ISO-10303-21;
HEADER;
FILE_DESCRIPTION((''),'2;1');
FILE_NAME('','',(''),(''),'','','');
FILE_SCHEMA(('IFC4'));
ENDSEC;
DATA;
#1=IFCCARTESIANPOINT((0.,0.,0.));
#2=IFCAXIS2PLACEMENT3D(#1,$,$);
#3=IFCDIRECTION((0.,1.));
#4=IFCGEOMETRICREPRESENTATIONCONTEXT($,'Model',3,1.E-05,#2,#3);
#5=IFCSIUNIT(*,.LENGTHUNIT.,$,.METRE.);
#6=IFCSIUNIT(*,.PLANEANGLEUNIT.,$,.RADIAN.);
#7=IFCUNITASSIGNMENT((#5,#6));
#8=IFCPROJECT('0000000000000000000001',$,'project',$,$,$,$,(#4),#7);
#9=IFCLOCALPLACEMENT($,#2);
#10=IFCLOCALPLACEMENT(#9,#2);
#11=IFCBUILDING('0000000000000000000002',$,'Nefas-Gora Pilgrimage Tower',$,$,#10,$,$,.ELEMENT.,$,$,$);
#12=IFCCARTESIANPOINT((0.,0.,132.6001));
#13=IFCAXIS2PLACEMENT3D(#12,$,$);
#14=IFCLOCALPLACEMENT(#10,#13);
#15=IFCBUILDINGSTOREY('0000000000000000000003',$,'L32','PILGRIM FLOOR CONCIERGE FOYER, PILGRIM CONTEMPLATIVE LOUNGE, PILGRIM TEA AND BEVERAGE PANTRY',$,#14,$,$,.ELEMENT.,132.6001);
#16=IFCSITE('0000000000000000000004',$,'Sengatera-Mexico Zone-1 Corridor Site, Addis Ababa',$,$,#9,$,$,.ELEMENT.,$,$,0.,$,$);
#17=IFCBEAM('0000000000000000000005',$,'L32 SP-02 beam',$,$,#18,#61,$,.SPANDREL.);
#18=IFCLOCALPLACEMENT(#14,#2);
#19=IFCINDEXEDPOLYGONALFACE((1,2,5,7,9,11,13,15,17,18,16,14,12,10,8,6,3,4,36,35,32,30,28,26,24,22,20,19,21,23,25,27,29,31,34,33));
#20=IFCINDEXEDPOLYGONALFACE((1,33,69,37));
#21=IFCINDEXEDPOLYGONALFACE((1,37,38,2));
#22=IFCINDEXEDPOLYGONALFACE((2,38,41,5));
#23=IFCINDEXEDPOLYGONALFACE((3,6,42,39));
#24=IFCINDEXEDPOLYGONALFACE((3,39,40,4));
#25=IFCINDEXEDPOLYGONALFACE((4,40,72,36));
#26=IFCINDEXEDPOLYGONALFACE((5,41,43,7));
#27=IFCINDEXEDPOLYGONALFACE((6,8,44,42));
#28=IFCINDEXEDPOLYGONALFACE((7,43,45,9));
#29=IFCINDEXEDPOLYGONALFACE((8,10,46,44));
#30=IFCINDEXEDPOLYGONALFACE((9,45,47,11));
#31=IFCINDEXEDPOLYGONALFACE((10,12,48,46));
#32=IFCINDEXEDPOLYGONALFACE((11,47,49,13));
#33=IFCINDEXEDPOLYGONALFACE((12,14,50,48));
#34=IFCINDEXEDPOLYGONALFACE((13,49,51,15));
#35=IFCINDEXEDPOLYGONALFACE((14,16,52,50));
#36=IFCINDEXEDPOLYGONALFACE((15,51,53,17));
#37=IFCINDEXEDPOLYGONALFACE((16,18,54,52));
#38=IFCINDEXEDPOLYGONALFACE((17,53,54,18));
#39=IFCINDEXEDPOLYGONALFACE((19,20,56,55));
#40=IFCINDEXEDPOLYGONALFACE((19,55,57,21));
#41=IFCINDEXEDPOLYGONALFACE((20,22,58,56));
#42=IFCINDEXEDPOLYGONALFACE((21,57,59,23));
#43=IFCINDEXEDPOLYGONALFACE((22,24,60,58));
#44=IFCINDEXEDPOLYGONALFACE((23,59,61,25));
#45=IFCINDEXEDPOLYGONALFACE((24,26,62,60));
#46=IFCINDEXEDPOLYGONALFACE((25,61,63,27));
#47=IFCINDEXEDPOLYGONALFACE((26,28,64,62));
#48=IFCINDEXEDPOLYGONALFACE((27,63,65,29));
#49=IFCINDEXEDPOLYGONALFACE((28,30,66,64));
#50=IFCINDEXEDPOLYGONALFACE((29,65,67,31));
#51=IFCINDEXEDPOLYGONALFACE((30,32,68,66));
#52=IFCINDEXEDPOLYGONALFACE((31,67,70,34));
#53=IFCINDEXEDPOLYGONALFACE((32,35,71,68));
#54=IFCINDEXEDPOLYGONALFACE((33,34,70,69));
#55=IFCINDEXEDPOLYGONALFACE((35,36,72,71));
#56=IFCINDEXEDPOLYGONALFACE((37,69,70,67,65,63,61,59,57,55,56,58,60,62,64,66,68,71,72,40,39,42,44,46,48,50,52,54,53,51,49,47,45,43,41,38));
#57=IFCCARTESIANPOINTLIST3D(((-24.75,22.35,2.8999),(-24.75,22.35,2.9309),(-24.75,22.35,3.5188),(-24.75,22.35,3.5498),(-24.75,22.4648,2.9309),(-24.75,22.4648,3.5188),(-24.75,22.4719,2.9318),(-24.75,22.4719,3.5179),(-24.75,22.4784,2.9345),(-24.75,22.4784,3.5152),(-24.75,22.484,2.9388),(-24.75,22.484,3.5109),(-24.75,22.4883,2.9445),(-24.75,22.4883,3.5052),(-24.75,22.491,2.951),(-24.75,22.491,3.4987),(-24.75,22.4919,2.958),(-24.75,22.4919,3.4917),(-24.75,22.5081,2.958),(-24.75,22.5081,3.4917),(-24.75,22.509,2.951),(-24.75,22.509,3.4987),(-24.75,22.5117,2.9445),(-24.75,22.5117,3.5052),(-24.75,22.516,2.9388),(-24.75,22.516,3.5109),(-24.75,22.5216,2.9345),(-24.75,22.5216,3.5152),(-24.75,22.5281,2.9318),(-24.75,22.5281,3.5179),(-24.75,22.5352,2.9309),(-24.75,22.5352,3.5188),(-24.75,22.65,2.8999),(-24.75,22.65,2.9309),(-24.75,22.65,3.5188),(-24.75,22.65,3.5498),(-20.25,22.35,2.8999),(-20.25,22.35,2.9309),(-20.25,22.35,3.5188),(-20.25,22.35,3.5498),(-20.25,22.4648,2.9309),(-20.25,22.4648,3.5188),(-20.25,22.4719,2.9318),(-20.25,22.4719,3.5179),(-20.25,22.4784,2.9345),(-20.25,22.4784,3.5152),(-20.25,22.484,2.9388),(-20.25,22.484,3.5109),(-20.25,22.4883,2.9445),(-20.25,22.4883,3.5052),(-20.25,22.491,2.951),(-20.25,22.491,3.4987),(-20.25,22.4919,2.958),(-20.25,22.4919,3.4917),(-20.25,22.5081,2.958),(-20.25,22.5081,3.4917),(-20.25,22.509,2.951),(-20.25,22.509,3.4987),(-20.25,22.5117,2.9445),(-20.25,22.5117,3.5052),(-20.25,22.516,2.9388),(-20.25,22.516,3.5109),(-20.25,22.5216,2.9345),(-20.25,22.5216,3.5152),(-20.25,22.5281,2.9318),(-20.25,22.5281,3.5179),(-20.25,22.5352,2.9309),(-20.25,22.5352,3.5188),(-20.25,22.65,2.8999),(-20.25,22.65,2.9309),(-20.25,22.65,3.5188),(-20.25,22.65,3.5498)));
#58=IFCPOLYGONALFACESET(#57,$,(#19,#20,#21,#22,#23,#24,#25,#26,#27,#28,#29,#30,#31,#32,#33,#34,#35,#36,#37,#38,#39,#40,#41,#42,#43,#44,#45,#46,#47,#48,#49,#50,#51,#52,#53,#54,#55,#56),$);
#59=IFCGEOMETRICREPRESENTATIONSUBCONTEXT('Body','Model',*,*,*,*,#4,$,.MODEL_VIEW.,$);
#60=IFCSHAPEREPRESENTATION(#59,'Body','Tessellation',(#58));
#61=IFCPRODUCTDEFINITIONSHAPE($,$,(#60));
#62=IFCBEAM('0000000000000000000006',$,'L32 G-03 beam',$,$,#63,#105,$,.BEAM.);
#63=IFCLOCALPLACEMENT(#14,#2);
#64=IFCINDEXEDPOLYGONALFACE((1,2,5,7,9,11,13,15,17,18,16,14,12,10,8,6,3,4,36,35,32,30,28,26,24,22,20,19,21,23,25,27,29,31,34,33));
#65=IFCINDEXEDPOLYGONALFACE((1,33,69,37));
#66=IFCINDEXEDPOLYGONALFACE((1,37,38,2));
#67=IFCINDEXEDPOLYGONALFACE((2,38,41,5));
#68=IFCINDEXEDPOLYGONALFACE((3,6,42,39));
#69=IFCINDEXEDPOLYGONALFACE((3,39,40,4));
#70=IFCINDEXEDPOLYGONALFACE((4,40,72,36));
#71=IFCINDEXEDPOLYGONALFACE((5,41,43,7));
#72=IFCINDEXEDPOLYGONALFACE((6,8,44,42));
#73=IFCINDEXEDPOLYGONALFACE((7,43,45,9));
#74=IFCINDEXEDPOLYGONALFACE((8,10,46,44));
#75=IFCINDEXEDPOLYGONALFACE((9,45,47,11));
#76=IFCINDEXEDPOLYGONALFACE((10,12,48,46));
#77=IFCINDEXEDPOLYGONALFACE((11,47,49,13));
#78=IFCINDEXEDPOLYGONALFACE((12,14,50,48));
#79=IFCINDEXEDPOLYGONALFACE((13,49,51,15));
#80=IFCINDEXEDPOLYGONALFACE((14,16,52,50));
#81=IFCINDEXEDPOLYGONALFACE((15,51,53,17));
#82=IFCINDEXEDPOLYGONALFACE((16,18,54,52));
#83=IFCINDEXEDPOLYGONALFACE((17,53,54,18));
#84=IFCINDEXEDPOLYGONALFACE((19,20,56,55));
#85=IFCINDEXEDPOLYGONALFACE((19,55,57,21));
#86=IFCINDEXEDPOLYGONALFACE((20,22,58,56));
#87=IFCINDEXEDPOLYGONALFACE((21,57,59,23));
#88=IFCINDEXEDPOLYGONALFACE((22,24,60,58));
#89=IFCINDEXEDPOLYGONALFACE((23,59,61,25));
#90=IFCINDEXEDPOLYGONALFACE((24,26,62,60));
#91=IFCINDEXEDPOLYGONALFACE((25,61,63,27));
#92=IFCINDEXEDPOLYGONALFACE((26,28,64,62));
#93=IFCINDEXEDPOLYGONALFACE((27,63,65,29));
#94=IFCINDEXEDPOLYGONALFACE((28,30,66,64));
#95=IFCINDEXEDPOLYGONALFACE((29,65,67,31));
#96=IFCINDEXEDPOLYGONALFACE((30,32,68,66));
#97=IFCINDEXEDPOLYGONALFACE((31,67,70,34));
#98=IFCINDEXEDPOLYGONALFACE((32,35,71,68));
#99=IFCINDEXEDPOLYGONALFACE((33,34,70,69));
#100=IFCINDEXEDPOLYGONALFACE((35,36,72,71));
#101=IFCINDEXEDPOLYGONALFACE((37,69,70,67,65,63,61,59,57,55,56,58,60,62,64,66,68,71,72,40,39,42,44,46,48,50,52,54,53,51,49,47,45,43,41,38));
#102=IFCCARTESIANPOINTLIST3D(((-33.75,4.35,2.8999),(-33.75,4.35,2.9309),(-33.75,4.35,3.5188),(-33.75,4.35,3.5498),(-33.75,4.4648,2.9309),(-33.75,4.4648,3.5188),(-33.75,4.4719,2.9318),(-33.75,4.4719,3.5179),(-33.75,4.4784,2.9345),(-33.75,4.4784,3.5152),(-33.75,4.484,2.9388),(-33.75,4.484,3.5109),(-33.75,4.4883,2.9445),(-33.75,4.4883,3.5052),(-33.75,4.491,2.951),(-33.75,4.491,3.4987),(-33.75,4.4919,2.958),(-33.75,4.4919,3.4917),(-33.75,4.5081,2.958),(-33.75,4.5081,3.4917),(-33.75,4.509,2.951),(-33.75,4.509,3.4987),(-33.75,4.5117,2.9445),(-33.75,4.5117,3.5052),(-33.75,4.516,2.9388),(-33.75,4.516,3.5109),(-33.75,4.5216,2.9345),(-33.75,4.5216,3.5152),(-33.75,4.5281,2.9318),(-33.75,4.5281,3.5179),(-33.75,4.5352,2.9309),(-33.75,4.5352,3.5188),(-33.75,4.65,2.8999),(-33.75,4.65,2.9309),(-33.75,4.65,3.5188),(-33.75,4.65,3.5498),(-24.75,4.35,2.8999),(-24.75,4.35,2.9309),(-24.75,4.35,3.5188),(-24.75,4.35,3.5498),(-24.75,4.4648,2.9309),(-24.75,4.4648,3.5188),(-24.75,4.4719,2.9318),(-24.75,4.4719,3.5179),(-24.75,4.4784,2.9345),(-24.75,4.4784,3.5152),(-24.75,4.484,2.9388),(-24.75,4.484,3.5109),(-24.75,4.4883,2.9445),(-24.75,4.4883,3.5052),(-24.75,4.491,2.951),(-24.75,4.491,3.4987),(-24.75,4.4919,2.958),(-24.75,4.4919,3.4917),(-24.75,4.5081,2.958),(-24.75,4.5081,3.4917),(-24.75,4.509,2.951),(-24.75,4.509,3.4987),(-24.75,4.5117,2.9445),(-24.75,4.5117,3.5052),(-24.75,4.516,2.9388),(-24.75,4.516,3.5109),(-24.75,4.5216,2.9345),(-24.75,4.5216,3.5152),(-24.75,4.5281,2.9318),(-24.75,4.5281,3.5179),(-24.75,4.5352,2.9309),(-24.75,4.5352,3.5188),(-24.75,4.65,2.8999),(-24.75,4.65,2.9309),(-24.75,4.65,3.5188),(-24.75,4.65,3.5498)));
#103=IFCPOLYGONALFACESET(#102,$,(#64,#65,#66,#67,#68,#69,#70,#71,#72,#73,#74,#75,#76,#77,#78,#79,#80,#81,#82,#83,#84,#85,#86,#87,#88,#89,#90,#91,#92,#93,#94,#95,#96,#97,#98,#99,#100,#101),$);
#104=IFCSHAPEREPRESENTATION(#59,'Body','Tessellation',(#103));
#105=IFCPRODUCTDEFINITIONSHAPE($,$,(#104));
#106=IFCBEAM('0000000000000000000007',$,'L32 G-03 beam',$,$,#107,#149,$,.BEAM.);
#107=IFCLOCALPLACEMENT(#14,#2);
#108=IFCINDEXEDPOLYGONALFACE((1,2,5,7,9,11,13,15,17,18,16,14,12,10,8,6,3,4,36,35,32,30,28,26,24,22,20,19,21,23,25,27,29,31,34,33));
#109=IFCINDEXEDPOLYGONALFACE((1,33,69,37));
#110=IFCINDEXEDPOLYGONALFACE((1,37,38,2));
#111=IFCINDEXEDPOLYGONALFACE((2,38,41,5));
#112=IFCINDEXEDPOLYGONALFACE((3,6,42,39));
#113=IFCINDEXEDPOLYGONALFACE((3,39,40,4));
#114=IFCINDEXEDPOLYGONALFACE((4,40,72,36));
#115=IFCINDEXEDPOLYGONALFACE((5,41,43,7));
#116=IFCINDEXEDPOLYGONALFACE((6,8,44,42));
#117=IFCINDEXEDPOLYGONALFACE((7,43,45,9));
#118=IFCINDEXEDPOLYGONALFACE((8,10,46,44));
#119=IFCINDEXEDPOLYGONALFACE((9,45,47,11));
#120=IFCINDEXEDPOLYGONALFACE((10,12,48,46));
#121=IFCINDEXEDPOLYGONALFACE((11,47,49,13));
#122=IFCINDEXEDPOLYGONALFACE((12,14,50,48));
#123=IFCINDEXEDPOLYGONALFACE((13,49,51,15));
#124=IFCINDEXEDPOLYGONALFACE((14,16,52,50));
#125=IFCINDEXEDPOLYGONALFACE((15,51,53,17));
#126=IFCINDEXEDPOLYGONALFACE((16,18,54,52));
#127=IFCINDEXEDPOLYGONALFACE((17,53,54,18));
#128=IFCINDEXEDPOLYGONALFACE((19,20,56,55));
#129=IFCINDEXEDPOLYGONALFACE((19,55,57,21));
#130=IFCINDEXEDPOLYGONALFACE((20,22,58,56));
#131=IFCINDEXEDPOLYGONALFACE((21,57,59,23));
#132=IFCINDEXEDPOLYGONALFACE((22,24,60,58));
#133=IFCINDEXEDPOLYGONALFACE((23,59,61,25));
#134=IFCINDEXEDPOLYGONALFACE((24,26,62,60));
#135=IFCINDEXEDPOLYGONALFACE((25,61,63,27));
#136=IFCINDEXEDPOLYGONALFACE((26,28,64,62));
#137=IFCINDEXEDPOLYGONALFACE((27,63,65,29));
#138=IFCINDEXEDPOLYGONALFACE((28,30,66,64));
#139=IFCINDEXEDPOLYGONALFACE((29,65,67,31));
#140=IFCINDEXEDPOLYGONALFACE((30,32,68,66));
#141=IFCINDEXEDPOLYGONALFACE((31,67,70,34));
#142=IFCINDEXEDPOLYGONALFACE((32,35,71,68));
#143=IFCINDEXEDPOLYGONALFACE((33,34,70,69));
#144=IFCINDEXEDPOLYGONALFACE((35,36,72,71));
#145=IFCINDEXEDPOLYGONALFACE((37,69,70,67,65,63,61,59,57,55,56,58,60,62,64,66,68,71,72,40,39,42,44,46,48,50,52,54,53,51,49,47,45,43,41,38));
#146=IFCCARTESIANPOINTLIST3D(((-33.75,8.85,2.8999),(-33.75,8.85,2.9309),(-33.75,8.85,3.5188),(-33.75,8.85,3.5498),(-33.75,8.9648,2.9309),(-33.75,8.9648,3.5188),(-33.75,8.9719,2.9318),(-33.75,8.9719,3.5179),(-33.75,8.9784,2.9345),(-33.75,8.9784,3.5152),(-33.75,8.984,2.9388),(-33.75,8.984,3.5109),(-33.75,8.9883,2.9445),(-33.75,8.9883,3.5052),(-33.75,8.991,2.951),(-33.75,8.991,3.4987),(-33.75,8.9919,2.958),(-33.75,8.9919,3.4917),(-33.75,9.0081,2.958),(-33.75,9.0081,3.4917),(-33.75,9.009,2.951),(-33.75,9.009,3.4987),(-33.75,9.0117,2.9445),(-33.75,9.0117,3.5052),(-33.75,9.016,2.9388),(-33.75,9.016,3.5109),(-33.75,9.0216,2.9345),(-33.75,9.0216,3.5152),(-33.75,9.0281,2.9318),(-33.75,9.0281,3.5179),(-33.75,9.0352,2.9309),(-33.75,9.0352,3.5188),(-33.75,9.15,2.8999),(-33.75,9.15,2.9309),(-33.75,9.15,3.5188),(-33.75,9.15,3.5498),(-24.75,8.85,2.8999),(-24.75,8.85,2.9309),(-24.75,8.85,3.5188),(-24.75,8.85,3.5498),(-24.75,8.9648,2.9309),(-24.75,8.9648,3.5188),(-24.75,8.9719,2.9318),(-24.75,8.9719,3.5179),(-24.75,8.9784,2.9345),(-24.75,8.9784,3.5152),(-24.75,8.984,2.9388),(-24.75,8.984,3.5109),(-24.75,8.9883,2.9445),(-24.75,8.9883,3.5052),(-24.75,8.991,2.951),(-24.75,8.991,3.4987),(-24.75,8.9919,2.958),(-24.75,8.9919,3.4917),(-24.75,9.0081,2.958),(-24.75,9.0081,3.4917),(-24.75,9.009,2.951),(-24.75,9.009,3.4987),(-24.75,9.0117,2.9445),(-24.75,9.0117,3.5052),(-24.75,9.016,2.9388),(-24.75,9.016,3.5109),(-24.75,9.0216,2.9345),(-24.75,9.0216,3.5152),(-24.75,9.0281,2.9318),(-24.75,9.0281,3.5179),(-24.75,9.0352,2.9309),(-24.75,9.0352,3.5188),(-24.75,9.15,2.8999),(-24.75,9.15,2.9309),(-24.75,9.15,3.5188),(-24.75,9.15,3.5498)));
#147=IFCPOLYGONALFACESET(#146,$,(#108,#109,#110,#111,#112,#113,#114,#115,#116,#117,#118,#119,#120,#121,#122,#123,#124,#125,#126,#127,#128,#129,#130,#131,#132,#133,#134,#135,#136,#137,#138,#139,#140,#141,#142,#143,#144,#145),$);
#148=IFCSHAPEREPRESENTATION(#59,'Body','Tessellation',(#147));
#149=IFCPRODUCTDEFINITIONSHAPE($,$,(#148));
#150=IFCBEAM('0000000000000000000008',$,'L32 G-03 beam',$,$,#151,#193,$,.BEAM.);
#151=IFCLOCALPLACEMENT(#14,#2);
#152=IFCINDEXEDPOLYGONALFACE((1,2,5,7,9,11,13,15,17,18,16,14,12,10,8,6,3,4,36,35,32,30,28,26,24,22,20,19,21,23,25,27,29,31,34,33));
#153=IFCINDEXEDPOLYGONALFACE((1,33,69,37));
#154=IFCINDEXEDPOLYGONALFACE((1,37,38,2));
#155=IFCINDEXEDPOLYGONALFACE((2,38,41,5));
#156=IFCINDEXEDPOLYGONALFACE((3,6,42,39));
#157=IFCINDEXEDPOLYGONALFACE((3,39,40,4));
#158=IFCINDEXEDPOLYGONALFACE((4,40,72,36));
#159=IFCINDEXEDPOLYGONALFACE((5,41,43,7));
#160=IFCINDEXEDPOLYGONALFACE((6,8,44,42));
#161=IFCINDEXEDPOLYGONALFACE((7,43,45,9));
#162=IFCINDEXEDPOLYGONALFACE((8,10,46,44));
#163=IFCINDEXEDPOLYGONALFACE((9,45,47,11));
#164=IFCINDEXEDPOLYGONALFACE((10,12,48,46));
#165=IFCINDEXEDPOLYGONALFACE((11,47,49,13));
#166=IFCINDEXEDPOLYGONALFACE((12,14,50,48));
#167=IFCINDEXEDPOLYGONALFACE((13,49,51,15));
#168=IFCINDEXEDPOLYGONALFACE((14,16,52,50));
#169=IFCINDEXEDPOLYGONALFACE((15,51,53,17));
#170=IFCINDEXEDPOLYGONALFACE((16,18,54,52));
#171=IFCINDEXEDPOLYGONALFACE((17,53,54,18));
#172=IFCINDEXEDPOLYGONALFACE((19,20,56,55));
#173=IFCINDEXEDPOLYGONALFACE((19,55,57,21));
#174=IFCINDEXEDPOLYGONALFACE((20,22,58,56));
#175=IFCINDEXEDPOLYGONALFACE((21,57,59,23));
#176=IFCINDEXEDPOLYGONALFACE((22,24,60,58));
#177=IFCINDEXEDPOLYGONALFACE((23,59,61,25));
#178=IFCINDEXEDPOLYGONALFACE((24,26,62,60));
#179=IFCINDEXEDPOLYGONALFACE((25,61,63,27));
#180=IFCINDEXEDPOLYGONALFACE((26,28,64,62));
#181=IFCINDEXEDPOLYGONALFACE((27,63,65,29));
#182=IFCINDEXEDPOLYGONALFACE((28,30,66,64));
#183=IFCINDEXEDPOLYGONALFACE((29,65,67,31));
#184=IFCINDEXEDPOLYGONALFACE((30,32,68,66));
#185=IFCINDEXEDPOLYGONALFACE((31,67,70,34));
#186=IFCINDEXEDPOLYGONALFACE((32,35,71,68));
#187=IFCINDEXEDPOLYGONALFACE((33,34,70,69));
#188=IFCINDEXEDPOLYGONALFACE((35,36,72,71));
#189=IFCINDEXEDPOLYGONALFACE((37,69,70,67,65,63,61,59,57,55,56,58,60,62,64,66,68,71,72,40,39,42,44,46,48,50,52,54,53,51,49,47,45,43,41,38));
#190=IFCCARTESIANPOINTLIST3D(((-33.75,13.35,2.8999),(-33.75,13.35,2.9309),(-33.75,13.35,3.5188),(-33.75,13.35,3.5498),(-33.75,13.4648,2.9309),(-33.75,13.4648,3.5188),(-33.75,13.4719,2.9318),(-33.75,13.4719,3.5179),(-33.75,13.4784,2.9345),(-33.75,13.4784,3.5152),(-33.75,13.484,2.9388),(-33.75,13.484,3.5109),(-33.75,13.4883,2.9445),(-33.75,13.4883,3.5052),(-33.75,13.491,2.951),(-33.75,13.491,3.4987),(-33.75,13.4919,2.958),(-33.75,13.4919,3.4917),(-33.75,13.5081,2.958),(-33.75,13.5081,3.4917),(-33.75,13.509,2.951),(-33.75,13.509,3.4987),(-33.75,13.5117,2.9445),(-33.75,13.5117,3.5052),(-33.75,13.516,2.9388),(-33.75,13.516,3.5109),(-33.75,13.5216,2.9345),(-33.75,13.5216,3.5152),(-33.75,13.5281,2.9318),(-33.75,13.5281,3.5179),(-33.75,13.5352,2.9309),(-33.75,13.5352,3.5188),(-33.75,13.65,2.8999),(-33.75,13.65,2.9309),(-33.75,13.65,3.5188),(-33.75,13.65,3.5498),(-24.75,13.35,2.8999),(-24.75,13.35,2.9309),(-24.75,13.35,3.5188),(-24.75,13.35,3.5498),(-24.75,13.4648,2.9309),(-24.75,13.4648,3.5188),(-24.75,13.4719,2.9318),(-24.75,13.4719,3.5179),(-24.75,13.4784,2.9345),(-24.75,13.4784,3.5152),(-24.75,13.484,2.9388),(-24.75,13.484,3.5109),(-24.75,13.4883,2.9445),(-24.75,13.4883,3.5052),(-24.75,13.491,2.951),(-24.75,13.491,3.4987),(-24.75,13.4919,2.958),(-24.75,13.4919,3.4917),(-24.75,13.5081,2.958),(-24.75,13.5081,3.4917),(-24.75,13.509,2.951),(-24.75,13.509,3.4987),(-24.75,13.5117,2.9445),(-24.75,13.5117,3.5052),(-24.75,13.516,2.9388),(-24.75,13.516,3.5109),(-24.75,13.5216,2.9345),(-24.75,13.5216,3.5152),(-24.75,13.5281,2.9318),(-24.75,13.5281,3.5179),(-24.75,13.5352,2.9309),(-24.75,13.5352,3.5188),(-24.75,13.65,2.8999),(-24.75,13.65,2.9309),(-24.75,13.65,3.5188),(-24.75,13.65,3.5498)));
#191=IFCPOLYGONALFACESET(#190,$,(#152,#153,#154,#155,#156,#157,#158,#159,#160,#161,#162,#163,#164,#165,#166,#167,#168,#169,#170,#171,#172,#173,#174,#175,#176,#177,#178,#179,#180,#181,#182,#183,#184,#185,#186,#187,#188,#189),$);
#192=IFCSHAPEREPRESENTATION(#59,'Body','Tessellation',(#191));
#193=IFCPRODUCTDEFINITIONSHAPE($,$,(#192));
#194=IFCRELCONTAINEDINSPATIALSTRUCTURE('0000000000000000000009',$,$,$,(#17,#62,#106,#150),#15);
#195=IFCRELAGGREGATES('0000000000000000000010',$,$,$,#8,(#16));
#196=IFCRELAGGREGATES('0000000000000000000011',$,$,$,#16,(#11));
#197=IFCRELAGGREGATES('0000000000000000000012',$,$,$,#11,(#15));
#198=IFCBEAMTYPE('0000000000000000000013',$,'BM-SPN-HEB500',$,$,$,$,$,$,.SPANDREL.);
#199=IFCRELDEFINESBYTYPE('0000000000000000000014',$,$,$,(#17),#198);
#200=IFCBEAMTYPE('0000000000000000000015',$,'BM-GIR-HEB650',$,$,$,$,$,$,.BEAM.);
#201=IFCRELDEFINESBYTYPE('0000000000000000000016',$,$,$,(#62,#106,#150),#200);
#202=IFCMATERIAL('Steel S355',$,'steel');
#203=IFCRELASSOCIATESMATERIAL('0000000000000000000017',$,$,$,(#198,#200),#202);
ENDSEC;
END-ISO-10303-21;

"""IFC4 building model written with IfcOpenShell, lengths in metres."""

from ifc_helpers import new_model, si_unit, direction, frame, origin, origin_2d, place, context, subcontext, project, spatial, i_section, extrude, source, transform, mapped, material, material_profile, profile_set, type_object, element, save


model = new_model("IFC4")

# Units and contexts
model_context = context("Model", 3, precision=1e-05, world=origin(), true_north=direction((0.0, 1.0)))
body_context = subcontext(model_context, "Body", "Model", "MODEL_VIEW")
ifc_project = project(units=[si_unit("LENGTHUNIT", "METRE"), si_unit("PLANEANGLEUNIT", "RADIAN")], contexts=[model_context])

# Site, building, storey
site_placement = place(None, origin())
site = spatial("IfcSite", under=ifc_project, at=site_placement, Name="Sengatera-Mexico Zone-1 Corridor Site, Addis Ababa", CompositionType="ELEMENT", RefElevation=0.0)
building_placement = place(site_placement, origin())
building = spatial("IfcBuilding", under=site, at=building_placement, Name="Nefas-Gora Pilgrimage Tower", CompositionType="ELEMENT")
storey_placement = place(building_placement, frame((0.0, 0.0, 132.6001)))
storey = spatial("IfcBuildingStorey", under=building, at=storey_placement, Name="L32", Description="PILGRIM FLOOR CONCIERGE FOYER, PILGRIM CONTEMPLATIVE LOUNGE, PILGRIM TEA AND BEVERAGE PANTRY", CompositionType="ELEMENT", Elevation=132.6001)

# Beams
ifc_material_1 = material(Name="Steel S355", Category="steel")
ifc_material_profile_1 = material_profile(ifc_material_1, i_section(OverallWidth=0.3, OverallDepth=0.6499, WebThickness=0.0161, FlangeThickness=0.031, FilletRadius=0.0271, at=origin_2d()), Name="HEB 650")
ifc_profile_set_1 = profile_set([ifc_material_profile_1], Name="Steel S355")
beam_type_1 = type_object("IfcBeamType", Name="BM-SPN-HEB500", PredefinedType="SPANDREL", material=ifc_profile_set_1)
shared_shape_1 = source(origin(), body_context, "Body", "SweptSolid", [
    extrude(i_section(OverallWidth=0.3, OverallDepth=0.6499, WebThickness=0.0161, FlangeThickness=0.031, FilletRadius=0.0271, at=origin_2d()), origin(), (0.0, 0.0, 1.0), 4.5),
])
for number, where, z_axis, x_axis, name in (
    (1, (-24.75, 22.5, 3.2249), (1.0, 0.0, 0.0), (0.0, 1.0, 0.0), "L32 SP-02 beam"),
):
    element("IfcBeam", number, at=place(storey_placement, frame(where, z_axis=z_axis, x_axis=x_axis)), inside=storey, type_object=beam_type_1, Name=name, PredefinedType="SPANDREL", context=body_context, shape_type="MappedRepresentation", body=[
        mapped(shared_shape_1, transform((0.0, 0.0, 0.0), x_axis=(1.0, 0.0, 0.0), y_axis=(0.0, 1.0, 0.0), z_axis=(0.0, 0.0, 1.0), scale=1.0)),
    ])
ifc_material_profile_2 = material_profile(ifc_material_1, i_section(OverallWidth=0.3, OverallDepth=0.6499, WebThickness=0.0161, FlangeThickness=0.031, FilletRadius=0.0271, at=origin_2d()), Name="HEB 650")
ifc_profile_set_2 = profile_set([ifc_material_profile_2], Name="Steel S355")
beam_type_2 = type_object("IfcBeamType", Name="BM-GIR-HEB650", PredefinedType="BEAM", material=ifc_profile_set_2)
shared_shape_2 = source(origin(), body_context, "Body", "SweptSolid", [
    extrude(i_section(OverallWidth=0.3, OverallDepth=0.6499, WebThickness=0.0161, FlangeThickness=0.031, FilletRadius=0.0271, at=origin_2d()), origin(), (0.0, 0.0, 1.0), 9.0),
])
for number, where, z_axis, x_axis, name in (
    (2, (-33.75, 4.5, 3.2249), (1.0, 0.0, 0.0), (0.0, 1.0, 0.0), "L32 G-03 beam"),
    (3, (-33.75, 9.0, 3.2249), (1.0, 0.0, 0.0), (0.0, 1.0, 0.0), "L32 G-03 beam"),
    (4, (-33.75, 13.5, 3.2249), (1.0, 0.0, 0.0), (0.0, 1.0, 0.0), "L32 G-03 beam"),
):
    element("IfcBeam", number, at=place(storey_placement, frame(where, z_axis=z_axis, x_axis=x_axis)), inside=storey, type_object=beam_type_2, Name=name, PredefinedType="BEAM", context=body_context, shape_type="MappedRepresentation", body=[
        mapped(shared_shape_2, transform((0.0, 0.0, 0.0), x_axis=(1.0, 0.0, 0.0), y_axis=(0.0, 1.0, 0.0), z_axis=(0.0, 0.0, 1.0), scale=1.0)),
    ])

save(model, "model.ifc")
